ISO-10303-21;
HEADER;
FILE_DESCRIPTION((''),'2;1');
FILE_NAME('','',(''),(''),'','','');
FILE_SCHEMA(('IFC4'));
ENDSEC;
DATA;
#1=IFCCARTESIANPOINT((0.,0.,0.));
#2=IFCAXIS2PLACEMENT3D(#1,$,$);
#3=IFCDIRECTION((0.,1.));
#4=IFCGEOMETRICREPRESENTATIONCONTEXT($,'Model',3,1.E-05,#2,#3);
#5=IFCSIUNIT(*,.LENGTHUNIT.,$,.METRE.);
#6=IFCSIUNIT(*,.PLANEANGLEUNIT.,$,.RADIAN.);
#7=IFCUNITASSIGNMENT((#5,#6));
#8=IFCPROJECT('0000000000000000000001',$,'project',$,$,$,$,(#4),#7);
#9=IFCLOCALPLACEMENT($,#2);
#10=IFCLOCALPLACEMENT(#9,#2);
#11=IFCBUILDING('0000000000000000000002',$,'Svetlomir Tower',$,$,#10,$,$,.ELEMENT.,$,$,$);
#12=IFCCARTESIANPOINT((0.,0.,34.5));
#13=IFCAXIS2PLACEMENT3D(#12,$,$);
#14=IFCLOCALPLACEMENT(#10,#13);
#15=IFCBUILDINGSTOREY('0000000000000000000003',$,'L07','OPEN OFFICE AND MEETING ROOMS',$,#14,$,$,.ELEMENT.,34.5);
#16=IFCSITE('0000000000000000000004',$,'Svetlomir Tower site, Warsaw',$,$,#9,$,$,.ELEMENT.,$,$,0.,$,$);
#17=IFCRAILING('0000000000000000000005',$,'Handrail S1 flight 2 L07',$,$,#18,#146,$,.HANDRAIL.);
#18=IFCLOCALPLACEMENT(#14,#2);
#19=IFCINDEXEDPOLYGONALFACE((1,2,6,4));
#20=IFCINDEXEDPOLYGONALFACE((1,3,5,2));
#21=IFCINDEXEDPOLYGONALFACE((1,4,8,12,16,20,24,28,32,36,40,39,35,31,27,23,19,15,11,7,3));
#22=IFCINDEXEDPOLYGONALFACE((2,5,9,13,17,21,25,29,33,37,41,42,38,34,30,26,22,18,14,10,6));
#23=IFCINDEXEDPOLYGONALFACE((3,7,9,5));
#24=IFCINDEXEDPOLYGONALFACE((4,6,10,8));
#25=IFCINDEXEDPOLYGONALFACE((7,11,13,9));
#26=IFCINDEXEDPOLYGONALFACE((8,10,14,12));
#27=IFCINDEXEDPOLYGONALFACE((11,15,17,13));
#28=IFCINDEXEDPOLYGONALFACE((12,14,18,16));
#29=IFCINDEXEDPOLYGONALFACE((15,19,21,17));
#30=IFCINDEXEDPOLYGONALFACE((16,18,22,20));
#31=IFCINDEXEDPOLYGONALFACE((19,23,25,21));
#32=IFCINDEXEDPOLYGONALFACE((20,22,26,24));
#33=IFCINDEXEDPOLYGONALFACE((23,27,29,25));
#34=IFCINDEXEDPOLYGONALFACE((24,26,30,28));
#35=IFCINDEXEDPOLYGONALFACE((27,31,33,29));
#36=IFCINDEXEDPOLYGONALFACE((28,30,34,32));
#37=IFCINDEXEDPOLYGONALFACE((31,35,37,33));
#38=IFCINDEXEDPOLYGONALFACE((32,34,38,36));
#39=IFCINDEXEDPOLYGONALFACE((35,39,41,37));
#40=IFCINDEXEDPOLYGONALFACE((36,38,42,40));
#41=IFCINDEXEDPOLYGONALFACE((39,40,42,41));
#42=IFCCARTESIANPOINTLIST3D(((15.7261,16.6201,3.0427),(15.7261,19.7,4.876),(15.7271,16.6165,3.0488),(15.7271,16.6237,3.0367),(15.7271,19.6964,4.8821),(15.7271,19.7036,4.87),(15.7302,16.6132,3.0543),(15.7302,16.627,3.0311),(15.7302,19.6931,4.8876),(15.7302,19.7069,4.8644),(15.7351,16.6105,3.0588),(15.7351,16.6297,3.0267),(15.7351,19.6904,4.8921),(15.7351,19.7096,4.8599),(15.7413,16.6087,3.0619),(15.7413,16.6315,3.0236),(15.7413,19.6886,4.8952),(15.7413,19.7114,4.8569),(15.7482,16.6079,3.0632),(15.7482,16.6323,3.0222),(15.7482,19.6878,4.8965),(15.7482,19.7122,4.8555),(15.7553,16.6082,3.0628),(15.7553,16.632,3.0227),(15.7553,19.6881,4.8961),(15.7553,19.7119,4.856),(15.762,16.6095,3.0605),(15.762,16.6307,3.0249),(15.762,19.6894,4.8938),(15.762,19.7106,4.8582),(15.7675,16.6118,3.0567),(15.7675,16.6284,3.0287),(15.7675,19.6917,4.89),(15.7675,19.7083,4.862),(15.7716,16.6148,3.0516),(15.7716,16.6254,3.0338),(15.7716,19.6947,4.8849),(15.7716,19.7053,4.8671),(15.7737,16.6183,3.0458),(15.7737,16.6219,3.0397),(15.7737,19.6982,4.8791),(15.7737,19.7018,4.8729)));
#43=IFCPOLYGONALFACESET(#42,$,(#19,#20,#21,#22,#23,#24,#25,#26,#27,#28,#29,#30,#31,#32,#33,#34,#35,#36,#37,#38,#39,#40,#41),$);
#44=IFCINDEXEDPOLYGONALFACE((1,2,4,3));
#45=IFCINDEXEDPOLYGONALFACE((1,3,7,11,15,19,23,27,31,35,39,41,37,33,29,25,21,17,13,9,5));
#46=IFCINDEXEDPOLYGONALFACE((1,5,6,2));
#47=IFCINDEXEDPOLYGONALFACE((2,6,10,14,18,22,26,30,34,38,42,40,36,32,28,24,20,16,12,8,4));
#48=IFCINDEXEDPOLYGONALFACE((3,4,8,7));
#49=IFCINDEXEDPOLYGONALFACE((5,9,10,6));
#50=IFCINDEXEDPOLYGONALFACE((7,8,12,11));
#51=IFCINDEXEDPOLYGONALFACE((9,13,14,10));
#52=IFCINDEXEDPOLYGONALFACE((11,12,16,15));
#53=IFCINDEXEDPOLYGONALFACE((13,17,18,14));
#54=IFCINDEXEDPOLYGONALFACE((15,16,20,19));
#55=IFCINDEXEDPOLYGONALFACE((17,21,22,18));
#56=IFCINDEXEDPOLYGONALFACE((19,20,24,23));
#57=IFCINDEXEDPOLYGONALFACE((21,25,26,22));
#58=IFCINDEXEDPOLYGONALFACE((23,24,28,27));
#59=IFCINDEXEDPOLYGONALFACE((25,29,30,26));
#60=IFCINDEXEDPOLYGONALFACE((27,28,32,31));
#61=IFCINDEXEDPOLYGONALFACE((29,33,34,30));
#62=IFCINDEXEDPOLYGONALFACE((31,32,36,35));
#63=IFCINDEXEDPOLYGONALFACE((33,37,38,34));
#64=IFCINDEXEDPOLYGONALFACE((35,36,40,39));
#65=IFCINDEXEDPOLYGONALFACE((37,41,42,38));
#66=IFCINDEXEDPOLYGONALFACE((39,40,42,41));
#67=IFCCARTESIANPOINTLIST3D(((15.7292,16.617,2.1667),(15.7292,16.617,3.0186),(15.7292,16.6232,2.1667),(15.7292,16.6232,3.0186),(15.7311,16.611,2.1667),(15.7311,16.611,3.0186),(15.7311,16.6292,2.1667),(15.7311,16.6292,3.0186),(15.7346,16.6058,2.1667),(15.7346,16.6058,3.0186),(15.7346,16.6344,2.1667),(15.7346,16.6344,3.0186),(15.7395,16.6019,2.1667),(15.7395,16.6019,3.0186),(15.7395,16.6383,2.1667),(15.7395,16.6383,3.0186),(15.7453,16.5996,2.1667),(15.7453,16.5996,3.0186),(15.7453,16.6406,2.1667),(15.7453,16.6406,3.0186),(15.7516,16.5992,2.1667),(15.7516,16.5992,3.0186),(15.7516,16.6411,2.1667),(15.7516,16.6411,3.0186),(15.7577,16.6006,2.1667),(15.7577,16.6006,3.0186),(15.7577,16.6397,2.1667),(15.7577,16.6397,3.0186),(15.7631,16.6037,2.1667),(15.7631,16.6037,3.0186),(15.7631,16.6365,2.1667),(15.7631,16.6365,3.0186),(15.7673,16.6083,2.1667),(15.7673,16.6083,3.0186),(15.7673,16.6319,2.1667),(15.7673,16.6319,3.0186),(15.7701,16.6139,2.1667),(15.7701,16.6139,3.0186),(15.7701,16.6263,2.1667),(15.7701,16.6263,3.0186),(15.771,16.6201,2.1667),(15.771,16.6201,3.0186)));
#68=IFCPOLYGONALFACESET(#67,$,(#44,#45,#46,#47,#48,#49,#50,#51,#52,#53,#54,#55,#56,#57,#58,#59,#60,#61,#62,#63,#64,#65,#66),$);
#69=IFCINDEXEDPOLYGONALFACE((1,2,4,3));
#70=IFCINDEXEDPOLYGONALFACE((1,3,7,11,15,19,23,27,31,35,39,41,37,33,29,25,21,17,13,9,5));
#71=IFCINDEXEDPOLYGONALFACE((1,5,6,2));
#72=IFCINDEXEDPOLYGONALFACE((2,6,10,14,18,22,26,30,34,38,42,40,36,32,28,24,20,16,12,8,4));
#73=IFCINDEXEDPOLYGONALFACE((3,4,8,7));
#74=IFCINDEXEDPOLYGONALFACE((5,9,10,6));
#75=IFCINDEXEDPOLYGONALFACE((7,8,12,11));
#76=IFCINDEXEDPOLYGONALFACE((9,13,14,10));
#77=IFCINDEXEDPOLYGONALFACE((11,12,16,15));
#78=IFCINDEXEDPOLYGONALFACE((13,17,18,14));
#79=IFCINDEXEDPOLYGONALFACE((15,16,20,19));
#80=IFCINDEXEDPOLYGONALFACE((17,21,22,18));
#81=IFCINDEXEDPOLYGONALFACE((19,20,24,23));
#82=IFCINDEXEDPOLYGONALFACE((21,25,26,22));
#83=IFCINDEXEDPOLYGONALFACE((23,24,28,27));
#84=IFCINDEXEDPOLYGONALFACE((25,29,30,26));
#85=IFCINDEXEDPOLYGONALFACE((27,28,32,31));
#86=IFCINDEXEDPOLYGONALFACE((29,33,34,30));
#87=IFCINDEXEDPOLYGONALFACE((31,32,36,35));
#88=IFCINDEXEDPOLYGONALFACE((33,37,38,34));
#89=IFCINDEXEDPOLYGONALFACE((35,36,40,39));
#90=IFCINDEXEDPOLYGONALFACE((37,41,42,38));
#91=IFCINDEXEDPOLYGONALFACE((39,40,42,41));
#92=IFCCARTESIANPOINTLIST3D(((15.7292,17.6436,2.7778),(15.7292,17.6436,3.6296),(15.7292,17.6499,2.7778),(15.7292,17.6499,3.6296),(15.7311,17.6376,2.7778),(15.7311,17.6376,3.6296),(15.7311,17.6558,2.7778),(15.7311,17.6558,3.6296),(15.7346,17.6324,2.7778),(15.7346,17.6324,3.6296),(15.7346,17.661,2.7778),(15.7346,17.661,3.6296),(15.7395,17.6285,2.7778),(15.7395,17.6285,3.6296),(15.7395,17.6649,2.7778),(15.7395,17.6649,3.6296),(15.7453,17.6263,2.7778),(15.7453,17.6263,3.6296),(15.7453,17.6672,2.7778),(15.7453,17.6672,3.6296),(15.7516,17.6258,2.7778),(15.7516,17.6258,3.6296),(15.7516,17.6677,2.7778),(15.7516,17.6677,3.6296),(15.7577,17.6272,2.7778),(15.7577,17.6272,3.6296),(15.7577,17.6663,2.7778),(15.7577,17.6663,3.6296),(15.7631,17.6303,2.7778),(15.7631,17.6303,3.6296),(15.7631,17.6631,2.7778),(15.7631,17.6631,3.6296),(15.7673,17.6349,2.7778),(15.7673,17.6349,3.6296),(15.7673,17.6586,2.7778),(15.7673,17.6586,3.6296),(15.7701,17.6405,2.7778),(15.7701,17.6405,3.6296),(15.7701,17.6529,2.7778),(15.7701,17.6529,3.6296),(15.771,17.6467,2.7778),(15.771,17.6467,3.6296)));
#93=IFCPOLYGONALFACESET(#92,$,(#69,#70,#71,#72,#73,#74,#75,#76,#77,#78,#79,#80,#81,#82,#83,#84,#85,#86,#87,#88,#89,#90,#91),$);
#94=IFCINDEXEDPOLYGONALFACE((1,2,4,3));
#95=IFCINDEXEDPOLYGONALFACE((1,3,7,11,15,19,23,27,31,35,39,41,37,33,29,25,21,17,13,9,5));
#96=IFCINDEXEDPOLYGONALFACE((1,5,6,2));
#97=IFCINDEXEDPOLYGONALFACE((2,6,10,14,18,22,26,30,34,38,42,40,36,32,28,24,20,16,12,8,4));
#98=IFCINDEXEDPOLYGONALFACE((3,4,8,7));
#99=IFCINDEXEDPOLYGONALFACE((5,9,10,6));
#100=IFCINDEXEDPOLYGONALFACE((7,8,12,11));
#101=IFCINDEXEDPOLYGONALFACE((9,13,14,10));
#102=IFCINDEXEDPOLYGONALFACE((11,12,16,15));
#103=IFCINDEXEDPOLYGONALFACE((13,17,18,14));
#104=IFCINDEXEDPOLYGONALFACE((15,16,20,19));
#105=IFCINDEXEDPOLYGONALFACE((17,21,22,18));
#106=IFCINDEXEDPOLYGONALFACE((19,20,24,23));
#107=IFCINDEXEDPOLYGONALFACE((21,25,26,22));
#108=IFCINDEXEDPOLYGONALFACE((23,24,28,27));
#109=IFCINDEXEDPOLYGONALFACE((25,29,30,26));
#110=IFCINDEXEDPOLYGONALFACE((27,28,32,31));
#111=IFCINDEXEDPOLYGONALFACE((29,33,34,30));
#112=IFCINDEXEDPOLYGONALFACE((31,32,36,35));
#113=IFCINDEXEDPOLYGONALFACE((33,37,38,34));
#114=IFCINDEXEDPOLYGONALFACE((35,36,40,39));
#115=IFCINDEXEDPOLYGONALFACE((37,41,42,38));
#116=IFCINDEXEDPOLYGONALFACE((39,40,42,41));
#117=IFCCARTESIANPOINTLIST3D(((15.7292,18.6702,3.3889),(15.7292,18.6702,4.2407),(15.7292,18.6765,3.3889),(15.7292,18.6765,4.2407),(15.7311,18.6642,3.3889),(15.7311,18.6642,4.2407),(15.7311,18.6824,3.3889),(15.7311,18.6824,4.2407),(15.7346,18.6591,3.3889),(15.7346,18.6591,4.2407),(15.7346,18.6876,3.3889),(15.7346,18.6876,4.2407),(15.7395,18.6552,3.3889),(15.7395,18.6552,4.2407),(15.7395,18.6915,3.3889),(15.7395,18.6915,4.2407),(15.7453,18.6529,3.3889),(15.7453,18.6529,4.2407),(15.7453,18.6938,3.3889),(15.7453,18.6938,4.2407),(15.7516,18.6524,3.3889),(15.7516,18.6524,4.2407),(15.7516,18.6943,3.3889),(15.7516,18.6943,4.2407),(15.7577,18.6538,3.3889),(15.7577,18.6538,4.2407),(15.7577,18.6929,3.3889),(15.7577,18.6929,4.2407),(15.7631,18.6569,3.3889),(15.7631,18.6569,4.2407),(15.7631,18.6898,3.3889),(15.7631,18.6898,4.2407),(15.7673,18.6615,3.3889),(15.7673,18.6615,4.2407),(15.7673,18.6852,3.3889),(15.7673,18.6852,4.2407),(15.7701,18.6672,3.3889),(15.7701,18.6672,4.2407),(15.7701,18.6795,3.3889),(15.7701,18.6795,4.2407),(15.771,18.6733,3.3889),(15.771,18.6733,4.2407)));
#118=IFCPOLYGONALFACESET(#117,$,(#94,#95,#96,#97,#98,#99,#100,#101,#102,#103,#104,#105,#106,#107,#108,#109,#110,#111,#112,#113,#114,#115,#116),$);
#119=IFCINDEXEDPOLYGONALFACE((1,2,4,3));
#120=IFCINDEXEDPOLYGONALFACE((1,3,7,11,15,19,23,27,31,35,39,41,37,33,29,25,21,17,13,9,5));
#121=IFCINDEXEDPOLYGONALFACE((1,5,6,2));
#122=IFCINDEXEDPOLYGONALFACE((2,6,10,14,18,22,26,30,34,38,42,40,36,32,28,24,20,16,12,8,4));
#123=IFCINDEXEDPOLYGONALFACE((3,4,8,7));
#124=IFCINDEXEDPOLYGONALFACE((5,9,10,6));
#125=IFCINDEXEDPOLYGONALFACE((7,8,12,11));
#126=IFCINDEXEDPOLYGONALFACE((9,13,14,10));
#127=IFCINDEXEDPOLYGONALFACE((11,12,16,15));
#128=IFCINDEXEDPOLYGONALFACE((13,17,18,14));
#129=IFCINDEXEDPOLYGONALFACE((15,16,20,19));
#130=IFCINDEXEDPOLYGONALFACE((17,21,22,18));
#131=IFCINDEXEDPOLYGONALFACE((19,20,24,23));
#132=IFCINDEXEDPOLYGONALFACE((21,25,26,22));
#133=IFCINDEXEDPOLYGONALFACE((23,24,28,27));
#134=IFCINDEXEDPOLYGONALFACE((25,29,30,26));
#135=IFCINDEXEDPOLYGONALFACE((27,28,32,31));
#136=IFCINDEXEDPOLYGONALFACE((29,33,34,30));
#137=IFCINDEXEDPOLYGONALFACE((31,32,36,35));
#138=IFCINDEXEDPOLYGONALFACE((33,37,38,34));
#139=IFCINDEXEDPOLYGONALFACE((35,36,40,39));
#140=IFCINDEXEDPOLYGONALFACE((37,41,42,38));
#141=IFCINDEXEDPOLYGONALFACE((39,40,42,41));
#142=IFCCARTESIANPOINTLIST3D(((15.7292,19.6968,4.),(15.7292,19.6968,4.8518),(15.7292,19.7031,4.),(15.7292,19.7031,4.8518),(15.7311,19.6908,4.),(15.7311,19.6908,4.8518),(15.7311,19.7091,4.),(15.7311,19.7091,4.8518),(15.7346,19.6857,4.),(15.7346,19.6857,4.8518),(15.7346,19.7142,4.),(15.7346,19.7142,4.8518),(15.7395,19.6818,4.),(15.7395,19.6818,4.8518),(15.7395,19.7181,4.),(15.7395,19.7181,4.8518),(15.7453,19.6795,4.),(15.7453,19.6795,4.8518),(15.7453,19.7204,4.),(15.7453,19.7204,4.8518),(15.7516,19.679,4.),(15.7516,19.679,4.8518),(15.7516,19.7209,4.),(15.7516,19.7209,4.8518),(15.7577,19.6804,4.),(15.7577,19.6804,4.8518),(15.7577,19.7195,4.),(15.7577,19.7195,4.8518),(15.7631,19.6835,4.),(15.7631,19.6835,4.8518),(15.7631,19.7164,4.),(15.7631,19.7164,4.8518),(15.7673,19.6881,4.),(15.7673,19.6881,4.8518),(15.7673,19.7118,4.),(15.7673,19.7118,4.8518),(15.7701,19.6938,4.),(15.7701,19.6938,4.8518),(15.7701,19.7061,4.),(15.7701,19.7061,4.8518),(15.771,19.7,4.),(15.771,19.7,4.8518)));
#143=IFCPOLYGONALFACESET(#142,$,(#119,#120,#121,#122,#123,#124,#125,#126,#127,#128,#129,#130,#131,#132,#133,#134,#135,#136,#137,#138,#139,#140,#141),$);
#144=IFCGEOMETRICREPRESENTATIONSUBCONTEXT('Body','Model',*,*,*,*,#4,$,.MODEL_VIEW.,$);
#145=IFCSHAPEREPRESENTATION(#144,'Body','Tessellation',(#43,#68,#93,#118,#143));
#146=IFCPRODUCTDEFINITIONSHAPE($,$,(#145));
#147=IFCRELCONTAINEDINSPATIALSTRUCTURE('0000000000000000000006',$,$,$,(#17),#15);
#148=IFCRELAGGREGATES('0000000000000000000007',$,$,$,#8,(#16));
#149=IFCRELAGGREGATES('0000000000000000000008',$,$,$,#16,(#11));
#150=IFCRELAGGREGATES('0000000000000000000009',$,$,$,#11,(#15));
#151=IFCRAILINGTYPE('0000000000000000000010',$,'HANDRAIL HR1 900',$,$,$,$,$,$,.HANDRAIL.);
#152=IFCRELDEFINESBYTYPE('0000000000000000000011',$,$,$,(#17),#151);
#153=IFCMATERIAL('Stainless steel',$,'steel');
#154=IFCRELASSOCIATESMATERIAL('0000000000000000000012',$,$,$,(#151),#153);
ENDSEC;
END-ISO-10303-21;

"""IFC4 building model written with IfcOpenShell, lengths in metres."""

from ifc_helpers import new_model, si_unit, direction, frame, origin, origin_2d, place, context, subcontext, project, spatial, circle, extrude, material, type_object, element, save


model = new_model("IFC4")

# Units and contexts
model_context = context("Model", 3, precision=1e-05, world=origin(), true_north=direction((0.0, 1.0)))
body_context = subcontext(model_context, "Body", "Model", "MODEL_VIEW")
ifc_project = project(units=[si_unit("LENGTHUNIT", "METRE"), si_unit("PLANEANGLEUNIT", "RADIAN")], contexts=[model_context])

# Site, building, storey
site_placement = place(None, origin())
site = spatial("IfcSite", under=ifc_project, at=site_placement, Name="Svetlomir Tower site, Warsaw", CompositionType="ELEMENT", RefElevation=0.0)
building_placement = place(site_placement, origin())
building = spatial("IfcBuilding", under=site, at=building_placement, Name="Svetlomir Tower", CompositionType="ELEMENT")
storey_placement = place(building_placement, frame((0.0, 0.0, 34.5)))
storey = spatial("IfcBuildingStorey", under=building, at=storey_placement, Name="L07", Description="OPEN OFFICE AND MEETING ROOMS", CompositionType="ELEMENT", Elevation=34.5)

# Railing
ifc_material_1 = material(Name="Stainless steel", Category="steel")
railing_type = type_object("IfcRailingType", Name="HANDRAIL HR1 900", PredefinedType="HANDRAIL", material=ifc_material_1)
railing_placement = place(storey_placement, frame((15.75, 16.6201, 2.1667)))
element("IfcRailing", 1, at=railing_placement, inside=storey, type_object=railing_type, Name="Handrail S1 flight 2 L07", PredefinedType="HANDRAIL", context=body_context, shape_type="SweptSolid", body=[
    extrude(circle(Radius=0.0239, at=origin_2d()), frame((0.0, 0.0, 0.876), z_axis=(0.0, 0.859291, 0.511487), x_axis=(-1.0, 0.0, 0.0)), (0.0, 0.0, 1.0), 3.5842),
    extrude(circle(Radius=0.021, at=origin_2d()), origin(), (0.0, 0.0, 1.0), 0.8518),
    extrude(circle(Radius=0.021, at=origin_2d()), frame((0.0, 1.0266, 0.6111)), (0.0, 0.0, 1.0), 0.8518),
    extrude(circle(Radius=0.021, at=origin_2d()), frame((0.0, 2.0532, 1.2222)), (0.0, 0.0, 1.0), 0.8518),
    extrude(circle(Radius=0.021, at=origin_2d()), frame((0.0, 3.0798, 1.8333)), (0.0, 0.0, 1.0), 0.8518),
])

save(model, "model.ifc")
